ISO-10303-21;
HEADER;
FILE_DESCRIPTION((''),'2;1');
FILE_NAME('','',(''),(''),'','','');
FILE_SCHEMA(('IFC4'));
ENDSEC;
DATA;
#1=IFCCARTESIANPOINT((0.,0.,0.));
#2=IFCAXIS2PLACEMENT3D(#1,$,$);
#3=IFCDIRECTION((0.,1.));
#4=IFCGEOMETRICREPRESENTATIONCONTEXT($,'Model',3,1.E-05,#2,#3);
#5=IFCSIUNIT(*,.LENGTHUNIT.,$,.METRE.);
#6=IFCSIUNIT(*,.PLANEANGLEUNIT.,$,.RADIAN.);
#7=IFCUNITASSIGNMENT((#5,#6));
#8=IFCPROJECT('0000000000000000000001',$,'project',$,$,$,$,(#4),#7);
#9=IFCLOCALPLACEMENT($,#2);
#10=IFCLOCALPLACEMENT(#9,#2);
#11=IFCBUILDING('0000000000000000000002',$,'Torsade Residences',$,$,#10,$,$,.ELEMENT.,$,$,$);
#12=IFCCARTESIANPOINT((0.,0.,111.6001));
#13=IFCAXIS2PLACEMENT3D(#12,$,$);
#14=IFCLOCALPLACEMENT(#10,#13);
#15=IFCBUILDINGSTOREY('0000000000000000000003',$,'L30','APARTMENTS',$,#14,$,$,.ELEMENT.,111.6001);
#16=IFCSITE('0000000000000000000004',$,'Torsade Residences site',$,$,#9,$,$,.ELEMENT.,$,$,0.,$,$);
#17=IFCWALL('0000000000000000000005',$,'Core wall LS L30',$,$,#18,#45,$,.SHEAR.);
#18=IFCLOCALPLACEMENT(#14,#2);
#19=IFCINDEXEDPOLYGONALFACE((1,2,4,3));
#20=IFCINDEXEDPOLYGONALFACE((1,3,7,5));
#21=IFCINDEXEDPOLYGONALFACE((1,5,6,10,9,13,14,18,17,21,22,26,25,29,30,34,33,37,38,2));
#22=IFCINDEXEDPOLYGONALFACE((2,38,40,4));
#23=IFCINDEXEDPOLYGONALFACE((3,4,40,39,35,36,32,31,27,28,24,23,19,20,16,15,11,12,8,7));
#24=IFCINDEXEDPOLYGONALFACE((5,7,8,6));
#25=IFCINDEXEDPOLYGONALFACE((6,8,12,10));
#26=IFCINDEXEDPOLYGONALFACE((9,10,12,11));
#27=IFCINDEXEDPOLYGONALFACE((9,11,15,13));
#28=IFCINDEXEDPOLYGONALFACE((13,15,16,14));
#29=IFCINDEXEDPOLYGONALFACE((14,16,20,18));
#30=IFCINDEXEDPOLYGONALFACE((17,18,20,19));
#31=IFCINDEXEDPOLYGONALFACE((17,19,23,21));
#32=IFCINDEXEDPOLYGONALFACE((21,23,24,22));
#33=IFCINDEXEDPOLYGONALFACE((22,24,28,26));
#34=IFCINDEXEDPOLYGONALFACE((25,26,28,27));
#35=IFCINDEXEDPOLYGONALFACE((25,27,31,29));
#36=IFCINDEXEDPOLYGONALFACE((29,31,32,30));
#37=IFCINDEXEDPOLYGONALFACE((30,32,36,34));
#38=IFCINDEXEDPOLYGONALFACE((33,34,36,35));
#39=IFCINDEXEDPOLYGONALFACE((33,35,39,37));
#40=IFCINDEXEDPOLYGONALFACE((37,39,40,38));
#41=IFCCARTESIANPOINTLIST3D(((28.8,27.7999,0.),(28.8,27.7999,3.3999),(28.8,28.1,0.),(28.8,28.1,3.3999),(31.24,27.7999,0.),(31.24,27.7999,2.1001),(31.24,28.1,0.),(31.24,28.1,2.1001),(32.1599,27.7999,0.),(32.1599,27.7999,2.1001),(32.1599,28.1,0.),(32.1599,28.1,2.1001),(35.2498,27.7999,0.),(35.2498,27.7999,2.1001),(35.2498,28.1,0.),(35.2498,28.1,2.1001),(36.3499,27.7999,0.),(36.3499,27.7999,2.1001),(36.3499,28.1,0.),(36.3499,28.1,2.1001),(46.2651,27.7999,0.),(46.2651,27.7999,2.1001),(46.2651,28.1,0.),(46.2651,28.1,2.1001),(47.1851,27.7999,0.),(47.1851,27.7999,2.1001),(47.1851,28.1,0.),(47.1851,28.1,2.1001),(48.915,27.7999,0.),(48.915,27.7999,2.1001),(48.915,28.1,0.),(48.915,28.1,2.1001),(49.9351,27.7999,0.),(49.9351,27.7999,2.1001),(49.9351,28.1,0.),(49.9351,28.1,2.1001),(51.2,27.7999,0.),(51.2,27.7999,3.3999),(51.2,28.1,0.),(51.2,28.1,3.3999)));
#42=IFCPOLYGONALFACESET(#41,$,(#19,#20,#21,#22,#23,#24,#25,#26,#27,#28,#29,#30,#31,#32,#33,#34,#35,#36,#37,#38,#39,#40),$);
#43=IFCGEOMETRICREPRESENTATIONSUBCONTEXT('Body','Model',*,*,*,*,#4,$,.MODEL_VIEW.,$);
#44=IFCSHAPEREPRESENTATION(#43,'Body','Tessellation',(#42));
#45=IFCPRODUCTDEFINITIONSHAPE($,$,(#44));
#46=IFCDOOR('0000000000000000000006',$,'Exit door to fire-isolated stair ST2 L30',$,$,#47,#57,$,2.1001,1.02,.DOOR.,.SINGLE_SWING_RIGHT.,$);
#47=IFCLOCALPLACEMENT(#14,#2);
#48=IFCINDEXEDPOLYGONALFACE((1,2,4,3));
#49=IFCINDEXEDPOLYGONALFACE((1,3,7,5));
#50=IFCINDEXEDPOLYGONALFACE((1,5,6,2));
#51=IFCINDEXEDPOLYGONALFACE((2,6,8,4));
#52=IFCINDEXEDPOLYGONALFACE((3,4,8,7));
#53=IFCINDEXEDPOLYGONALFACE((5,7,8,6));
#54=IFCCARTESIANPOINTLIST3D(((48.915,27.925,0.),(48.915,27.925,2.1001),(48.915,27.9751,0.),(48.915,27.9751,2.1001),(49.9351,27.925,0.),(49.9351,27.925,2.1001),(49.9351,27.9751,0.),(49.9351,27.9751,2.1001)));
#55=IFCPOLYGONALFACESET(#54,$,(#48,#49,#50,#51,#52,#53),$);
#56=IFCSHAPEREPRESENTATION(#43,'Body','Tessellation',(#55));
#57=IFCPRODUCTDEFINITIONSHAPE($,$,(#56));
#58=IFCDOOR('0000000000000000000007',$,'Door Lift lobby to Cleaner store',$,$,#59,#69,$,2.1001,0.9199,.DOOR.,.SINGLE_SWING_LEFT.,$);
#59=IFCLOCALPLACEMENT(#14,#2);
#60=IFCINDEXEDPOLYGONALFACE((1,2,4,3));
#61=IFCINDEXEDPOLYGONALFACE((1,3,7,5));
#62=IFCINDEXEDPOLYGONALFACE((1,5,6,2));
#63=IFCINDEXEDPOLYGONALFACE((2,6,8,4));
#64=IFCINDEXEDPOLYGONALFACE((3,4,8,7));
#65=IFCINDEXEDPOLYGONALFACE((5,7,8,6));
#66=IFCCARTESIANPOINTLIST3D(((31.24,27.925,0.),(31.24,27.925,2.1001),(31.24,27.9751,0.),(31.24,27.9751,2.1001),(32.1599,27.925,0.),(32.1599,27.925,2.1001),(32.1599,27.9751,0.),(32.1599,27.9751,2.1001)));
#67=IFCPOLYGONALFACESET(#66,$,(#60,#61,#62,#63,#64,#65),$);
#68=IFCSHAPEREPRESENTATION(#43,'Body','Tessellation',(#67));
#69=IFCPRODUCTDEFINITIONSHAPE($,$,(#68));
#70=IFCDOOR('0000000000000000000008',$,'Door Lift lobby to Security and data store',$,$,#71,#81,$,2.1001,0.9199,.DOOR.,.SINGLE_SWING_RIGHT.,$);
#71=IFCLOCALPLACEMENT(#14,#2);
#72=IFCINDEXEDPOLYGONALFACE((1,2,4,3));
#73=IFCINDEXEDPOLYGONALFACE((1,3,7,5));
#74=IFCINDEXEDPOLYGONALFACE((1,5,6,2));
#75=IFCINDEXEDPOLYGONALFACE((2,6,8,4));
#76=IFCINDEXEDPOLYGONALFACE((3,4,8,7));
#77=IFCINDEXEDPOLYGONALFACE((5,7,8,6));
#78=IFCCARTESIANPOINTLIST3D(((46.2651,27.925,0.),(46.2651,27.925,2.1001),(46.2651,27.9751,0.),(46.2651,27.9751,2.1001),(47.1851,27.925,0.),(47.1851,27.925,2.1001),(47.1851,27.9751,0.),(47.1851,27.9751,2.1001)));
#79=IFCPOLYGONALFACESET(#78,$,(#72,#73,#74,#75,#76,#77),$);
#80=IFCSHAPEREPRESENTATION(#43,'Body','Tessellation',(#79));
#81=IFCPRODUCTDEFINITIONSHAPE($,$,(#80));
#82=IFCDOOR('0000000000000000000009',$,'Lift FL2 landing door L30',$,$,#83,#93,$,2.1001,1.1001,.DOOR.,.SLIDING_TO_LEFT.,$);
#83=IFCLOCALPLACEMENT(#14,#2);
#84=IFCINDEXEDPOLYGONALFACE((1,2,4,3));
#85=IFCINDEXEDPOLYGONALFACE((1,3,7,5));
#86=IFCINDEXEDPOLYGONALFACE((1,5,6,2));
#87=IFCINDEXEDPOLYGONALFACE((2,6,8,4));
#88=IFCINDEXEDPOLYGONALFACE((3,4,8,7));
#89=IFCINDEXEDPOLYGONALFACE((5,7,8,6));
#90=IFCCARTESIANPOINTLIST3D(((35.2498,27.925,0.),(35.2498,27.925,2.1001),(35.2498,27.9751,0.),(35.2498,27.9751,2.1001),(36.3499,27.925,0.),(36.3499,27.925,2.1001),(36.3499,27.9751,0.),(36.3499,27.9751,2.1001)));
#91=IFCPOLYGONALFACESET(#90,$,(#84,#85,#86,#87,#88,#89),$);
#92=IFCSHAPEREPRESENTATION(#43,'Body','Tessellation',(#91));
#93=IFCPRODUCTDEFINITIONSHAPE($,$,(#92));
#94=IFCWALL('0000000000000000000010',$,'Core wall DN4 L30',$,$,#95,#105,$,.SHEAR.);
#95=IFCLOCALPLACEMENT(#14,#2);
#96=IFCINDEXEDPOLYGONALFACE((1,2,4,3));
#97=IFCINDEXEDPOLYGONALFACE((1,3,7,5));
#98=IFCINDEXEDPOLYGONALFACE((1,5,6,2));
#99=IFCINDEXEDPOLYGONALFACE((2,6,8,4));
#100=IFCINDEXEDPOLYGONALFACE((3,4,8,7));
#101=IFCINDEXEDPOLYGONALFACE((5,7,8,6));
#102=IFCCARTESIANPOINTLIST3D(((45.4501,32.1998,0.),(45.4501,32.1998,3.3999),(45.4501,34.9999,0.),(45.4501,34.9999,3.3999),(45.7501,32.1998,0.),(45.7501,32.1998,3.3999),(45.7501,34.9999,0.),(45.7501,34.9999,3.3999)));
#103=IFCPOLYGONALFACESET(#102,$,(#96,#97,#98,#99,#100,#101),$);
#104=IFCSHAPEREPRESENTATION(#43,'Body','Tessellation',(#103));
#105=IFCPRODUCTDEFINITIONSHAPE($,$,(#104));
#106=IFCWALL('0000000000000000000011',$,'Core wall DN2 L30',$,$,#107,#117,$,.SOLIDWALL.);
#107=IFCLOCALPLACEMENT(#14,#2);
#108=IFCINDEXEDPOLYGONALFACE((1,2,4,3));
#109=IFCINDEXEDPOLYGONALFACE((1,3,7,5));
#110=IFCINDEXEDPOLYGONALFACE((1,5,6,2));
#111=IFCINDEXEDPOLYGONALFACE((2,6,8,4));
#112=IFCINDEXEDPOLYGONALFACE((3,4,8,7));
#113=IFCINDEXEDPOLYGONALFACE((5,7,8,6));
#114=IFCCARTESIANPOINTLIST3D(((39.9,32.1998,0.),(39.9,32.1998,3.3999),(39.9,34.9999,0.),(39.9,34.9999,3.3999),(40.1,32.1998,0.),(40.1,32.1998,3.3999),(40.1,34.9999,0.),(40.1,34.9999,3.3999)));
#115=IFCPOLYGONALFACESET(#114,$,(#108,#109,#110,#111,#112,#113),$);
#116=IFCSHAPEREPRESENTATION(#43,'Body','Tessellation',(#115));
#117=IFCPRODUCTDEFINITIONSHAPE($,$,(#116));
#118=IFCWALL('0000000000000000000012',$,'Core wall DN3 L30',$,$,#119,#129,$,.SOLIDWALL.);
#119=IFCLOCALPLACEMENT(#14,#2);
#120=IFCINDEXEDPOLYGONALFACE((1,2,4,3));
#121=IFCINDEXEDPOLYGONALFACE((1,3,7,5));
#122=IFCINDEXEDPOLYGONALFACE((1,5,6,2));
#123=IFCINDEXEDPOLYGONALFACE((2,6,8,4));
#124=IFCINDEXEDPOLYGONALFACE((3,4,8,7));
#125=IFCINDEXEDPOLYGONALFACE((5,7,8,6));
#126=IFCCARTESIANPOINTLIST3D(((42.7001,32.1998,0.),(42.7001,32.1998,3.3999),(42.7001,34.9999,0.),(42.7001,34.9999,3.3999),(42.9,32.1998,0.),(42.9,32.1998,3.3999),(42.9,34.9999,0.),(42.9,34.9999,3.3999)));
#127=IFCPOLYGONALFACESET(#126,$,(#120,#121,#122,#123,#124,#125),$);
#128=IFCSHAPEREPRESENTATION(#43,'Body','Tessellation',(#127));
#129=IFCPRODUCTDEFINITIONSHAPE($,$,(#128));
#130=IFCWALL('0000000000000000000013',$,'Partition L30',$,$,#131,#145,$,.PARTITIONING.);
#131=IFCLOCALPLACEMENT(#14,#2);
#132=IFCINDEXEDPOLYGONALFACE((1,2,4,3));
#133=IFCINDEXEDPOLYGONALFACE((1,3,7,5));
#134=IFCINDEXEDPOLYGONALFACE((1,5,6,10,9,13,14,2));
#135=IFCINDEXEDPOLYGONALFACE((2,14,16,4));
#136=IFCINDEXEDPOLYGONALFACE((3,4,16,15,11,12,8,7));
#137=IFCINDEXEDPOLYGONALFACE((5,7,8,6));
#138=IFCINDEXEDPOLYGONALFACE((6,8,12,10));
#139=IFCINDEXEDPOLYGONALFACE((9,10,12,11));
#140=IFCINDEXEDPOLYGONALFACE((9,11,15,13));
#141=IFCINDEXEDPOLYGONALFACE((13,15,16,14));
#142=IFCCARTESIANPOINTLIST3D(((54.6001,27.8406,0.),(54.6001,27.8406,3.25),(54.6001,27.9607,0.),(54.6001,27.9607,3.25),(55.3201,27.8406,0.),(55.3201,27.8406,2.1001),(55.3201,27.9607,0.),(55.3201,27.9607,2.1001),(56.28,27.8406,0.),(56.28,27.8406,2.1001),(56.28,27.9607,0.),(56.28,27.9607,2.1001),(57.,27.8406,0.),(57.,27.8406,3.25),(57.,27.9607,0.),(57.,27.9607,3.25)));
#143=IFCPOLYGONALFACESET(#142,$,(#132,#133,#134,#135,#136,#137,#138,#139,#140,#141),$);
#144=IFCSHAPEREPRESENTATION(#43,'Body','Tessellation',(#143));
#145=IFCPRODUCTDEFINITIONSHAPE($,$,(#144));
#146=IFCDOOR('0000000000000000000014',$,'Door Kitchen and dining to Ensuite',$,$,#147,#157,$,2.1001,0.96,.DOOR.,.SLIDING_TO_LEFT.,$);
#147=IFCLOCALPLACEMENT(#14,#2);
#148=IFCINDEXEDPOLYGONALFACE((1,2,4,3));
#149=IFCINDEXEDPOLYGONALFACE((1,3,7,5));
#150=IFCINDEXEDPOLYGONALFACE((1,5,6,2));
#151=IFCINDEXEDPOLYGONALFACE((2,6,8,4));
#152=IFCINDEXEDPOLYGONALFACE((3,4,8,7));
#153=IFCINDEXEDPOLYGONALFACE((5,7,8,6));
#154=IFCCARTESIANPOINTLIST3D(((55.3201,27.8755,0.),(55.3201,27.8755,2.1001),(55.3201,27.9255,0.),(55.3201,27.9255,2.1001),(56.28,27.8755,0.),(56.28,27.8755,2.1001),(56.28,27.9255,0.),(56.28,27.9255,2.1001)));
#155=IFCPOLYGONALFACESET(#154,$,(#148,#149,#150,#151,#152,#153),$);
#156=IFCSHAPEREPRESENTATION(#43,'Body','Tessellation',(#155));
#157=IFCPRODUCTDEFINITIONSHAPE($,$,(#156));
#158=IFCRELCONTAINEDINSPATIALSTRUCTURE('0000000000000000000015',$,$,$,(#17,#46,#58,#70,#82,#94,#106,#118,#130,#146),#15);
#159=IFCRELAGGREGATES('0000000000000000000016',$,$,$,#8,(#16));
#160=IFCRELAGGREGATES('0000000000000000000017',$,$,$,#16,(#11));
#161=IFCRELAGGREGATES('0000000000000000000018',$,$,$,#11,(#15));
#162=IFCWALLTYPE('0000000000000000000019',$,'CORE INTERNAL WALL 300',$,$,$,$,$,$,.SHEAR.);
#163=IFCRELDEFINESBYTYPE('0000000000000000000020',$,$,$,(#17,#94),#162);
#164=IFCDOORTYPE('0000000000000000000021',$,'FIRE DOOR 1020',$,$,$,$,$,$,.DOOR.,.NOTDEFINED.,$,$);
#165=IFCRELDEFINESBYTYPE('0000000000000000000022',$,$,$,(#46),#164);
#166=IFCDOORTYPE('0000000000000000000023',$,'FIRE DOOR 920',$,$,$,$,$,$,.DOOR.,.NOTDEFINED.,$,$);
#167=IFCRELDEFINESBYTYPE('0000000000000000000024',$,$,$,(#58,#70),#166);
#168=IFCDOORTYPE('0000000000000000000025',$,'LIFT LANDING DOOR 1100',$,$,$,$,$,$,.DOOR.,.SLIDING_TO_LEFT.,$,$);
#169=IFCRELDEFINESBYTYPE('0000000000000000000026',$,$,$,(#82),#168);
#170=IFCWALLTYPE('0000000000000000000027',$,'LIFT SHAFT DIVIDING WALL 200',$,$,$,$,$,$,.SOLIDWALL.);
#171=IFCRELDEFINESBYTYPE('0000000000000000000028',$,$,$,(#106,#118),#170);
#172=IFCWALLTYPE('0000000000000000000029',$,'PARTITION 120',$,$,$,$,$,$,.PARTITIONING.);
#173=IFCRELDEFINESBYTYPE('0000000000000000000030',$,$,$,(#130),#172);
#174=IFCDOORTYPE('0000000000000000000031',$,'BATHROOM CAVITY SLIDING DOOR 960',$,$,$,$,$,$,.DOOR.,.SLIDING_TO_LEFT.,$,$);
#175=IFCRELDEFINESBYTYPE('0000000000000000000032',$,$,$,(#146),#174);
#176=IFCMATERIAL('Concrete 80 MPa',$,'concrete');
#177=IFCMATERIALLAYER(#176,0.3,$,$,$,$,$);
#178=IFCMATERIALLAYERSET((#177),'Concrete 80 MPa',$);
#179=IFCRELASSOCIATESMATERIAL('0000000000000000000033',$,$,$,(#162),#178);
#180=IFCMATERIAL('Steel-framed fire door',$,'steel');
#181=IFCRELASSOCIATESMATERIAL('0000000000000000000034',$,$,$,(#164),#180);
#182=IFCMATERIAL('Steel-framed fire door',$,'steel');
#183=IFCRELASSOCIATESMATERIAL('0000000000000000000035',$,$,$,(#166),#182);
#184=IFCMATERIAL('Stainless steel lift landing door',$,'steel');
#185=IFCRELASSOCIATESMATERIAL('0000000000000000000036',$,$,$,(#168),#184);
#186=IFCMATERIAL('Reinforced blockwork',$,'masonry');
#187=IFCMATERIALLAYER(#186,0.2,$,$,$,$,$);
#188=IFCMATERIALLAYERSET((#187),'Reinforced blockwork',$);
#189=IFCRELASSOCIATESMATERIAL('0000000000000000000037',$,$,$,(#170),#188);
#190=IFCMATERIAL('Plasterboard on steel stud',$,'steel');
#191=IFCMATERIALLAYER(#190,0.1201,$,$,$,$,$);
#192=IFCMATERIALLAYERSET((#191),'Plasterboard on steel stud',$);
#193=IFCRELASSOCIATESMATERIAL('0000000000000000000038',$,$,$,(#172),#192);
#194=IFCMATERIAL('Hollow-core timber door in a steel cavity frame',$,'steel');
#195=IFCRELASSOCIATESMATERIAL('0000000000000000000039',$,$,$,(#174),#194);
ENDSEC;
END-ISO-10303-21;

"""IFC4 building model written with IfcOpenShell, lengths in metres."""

from ifc_helpers import new_model, si_unit, direction, frame, frame_2d, origin, place, context, subcontext, project, spatial, rectangle, extrude, material, layer, layer_set, type_object, element, fill, save


model = new_model("IFC4")

# Units and contexts
model_context = context("Model", 3, precision=1e-05, world=origin(), true_north=direction((0.0, 1.0)))
body_context = subcontext(model_context, "Body", "Model", "MODEL_VIEW")
ifc_project = project(units=[si_unit("LENGTHUNIT", "METRE"), si_unit("PLANEANGLEUNIT", "RADIAN")], contexts=[model_context])

# Site, building, storey
site_placement = place(None, origin())
site = spatial("IfcSite", under=ifc_project, at=site_placement, Name="Torsade Residences site", CompositionType="ELEMENT", RefElevation=0.0)
building_placement = place(site_placement, origin())
building = spatial("IfcBuilding", under=site, at=building_placement, Name="Torsade Residences", CompositionType="ELEMENT")
storey_placement = place(building_placement, frame((0.0, 0.0, 111.6001)))
storey = spatial("IfcBuildingStorey", under=building, at=storey_placement, Name="L30", Description="APARTMENTS", CompositionType="ELEMENT", Elevation=111.6001)

# Wall, openings, doors
ifc_material_1 = material(Name="Concrete 80 MPa", Category="concrete")
ifc_layer_1 = layer(ifc_material_1, 0.3)
ifc_layer_set_1 = layer_set([ifc_layer_1], Name="Concrete 80 MPa")
wall_type_1 = type_object("IfcWallType", Name="CORE INTERNAL WALL 300", PredefinedType="SHEAR", material=ifc_layer_set_1)
wall_1_placement = place(storey_placement, frame((51.2, 27.95, 0.0), z_axis=(0.0, 0.0, 1.0), x_axis=(-1.0, 0.0, 0.0)))
wall_1 = element("IfcWall", 1, at=wall_1_placement, inside=storey, type_object=wall_type_1, Name="Core wall LS L30", PredefinedType="SHEAR", context=body_context, shape_type="SweptSolid", body=[
    extrude(rectangle(XDim=22.3999, YDim=0.3, at=frame_2d((11.2, 0.0))), origin(), (0.0, 0.0, 1.0), 3.3999),
])
opening_1_placement = place(wall_1_placement, frame((19.04, 0.0, 0.0)))
opening_1 = element("IfcOpeningElement", 2, at=opening_1_placement, cuts=wall_1, PredefinedType="OPENING", context=body_context, shape_type="SweptSolid", body=[
    extrude(rectangle(XDim=0.9199, YDim=2.1001, at=frame_2d((0.46, 1.05))), frame((0.0, 0.1599, 0.0), z_axis=(0.0, -1.0, 0.0), x_axis=(1.0, 0.0, 0.0)), (0.0, 0.0, 1.0), 0.3201),
])
opening_2_placement = place(wall_1_placement, frame((1.2649, 0.0, 0.0)))
opening_2 = element("IfcOpeningElement", 3, at=opening_2_placement, cuts=wall_1, PredefinedType="OPENING", context=body_context, shape_type="SweptSolid", body=[
    extrude(rectangle(XDim=1.02, YDim=2.1001, at=frame_2d((0.51, 1.05))), frame((0.0, 0.1599, 0.0), z_axis=(0.0, -1.0, 0.0), x_axis=(1.0, 0.0, 0.0)), (0.0, 0.0, 1.0), 0.3201),
])
opening_3_placement = place(wall_1_placement, frame((4.0149, 0.0, 0.0)))
opening_3 = element("IfcOpeningElement", 4, at=opening_3_placement, cuts=wall_1, PredefinedType="OPENING", context=body_context, shape_type="SweptSolid", body=[
    extrude(rectangle(XDim=0.9199, YDim=2.1001, at=frame_2d((0.46, 1.05))), frame((0.0, 0.1599, 0.0), z_axis=(0.0, -1.0, 0.0), x_axis=(1.0, 0.0, 0.0)), (0.0, 0.0, 1.0), 0.3201),
])
opening_4_placement = place(wall_1_placement, frame((14.8501, 0.0, 0.0)))
opening_4 = element("IfcOpeningElement", 5, at=opening_4_placement, cuts=wall_1, PredefinedType="OPENING", context=body_context, shape_type="SweptSolid", body=[
    extrude(rectangle(XDim=1.1001, YDim=2.1001, at=frame_2d((0.55, 1.05))), frame((0.0, 0.1599, 0.0), z_axis=(0.0, -1.0, 0.0), x_axis=(1.0, 0.0, 0.0)), (0.0, 0.0, 1.0), 0.3201),
])
ifc_material_2 = material(Name="Steel-framed fire door", Category="steel")
door_type_1 = type_object("IfcDoorType", Name="FIRE DOOR 1020", OperationType="NOTDEFINED", PredefinedType="DOOR", material=ifc_material_2)
door_1_placement = place(opening_2_placement, origin())
door_1 = element("IfcDoor", 6, at=door_1_placement, inside=storey, type_object=door_type_1, Name="Exit door to fire-isolated stair ST2 L30", OperationType="SINGLE_SWING_RIGHT", OverallHeight=2.1001, OverallWidth=1.02, PredefinedType="DOOR", context=body_context, shape_type="SweptSolid", body=[
    extrude(rectangle(XDim=1.02, YDim=2.1001, at=frame_2d((0.51, 1.05))), frame((0.0, 0.0249, 0.0), z_axis=(0.0, -1.0, 0.0), x_axis=(1.0, 0.0, 0.0)), (0.0, 0.0, 1.0), 0.05),
])
fill(opening_2, door_1)
ifc_material_3 = material(Name="Steel-framed fire door", Category="steel")
door_type_2 = type_object("IfcDoorType", Name="FIRE DOOR 920", OperationType="NOTDEFINED", PredefinedType="DOOR", material=ifc_material_3)
door_2_placement = place(opening_1_placement, origin())
door_2 = element("IfcDoor", 7, at=door_2_placement, inside=storey, type_object=door_type_2, Name="Door Lift lobby to Cleaner store", OperationType="SINGLE_SWING_LEFT", OverallHeight=2.1001, OverallWidth=0.9199, PredefinedType="DOOR", context=body_context, shape_type="SweptSolid", body=[
    extrude(rectangle(XDim=0.9199, YDim=2.1001, at=frame_2d((0.46, 1.05))), frame((0.0, 0.0249, 0.0), z_axis=(0.0, -1.0, 0.0), x_axis=(1.0, 0.0, 0.0)), (0.0, 0.0, 1.0), 0.05),
])
fill(opening_1, door_2)
door_3_placement = place(opening_3_placement, origin())
door_3 = element("IfcDoor", 8, at=door_3_placement, inside=storey, type_object=door_type_2, Name="Door Lift lobby to Security and data store", OperationType="SINGLE_SWING_RIGHT", OverallHeight=2.1001, OverallWidth=0.9199, PredefinedType="DOOR", context=body_context, shape_type="SweptSolid", body=[
    extrude(rectangle(XDim=0.9199, YDim=2.1001, at=frame_2d((0.46, 1.05))), frame((0.0, 0.0249, 0.0), z_axis=(0.0, -1.0, 0.0), x_axis=(1.0, 0.0, 0.0)), (0.0, 0.0, 1.0), 0.05),
])
fill(opening_3, door_3)
ifc_material_4 = material(Name="Stainless steel lift landing door", Category="steel")
door_type_3 = type_object("IfcDoorType", Name="LIFT LANDING DOOR 1100", OperationType="SLIDING_TO_LEFT", PredefinedType="DOOR", material=ifc_material_4)
door_4_placement = place(opening_4_placement, origin())
door_4 = element("IfcDoor", 9, at=door_4_placement, inside=storey, type_object=door_type_3, Name="Lift FL2 landing door L30", OperationType="SLIDING_TO_LEFT", OverallHeight=2.1001, OverallWidth=1.1001, PredefinedType="DOOR", context=body_context, shape_type="SweptSolid", body=[
    extrude(rectangle(XDim=1.1001, YDim=2.1001, at=frame_2d((0.55, 1.05))), frame((0.0, 0.0249, 0.0), z_axis=(0.0, -1.0, 0.0), x_axis=(1.0, 0.0, 0.0)), (0.0, 0.0, 1.0), 0.05),
])
fill(opening_4, door_4)

# Walls
wall_2_placement = place(storey_placement, frame((45.6001, 32.2, 0.0), z_axis=(0.0, 0.0, 1.0), x_axis=(0.0, 1.0, 0.0)))
element("IfcWall", 10, at=wall_2_placement, inside=storey, type_object=wall_type_1, Name="Core wall DN4 L30", PredefinedType="SHEAR", context=body_context, shape_type="SweptSolid", body=[
    extrude(rectangle(XDim=2.8, YDim=0.3, at=frame_2d((1.3999, 0.0))), origin(), (0.0, 0.0, 1.0), 3.3999),
])
ifc_material_5 = material(Name="Reinforced blockwork", Category="masonry")
ifc_layer_2 = layer(ifc_material_5, 0.2)
ifc_layer_set_2 = layer_set([ifc_layer_2], Name="Reinforced blockwork")
wall_type_2 = type_object("IfcWallType", Name="LIFT SHAFT DIVIDING WALL 200", PredefinedType="SOLIDWALL", material=ifc_layer_set_2)
for number, where, z_axis, x_axis, name in (
    (11, (40.0, 32.2, 0.0), (0.0, 0.0, 1.0), (0.0, 1.0, 0.0), "Core wall DN2 L30"),
    (12, (42.8, 32.2, 0.0), (0.0, 0.0, 1.0), (0.0, 1.0, 0.0), "Core wall DN3 L30"),
):
    element("IfcWall", number, at=place(storey_placement, frame(where, z_axis=z_axis, x_axis=x_axis)), inside=storey, type_object=wall_type_2, Name=name, PredefinedType="SOLIDWALL", context=body_context, shape_type="SweptSolid", body=[
        extrude(rectangle(XDim=2.8, YDim=0.2, at=frame_2d((1.3999, 0.0))), origin(), (0.0, 0.0, 1.0), 3.3999),
    ])

# Wall, opening, door
ifc_material_6 = material(Name="Plasterboard on steel stud", Category="steel")
ifc_layer_3 = layer(ifc_material_6, 0.1201)
ifc_layer_set_3 = layer_set([ifc_layer_3], Name="Plasterboard on steel stud")
wall_type_3 = type_object("IfcWallType", Name="PARTITION 120", PredefinedType="PARTITIONING", material=ifc_layer_set_3)
wall_3_placement = place(storey_placement, frame((54.6001, 27.9006, 0.0), z_axis=(0.0, 0.0, 1.0), x_axis=(1.0, 0.0, 0.0)))
wall_3 = element("IfcWall", 13, at=wall_3_placement, inside=storey, type_object=wall_type_3, Name="Partition L30", PredefinedType="PARTITIONING", context=body_context, shape_type="SweptSolid", body=[
    extrude(rectangle(XDim=2.3999, YDim=0.1201, at=frame_2d((1.2, 0.0))), origin(), (0.0, 0.0, 1.0), 3.25),
])
opening_5_placement = place(wall_3_placement, frame((0.72, 0.0, 0.0)))
opening_5 = element("IfcOpeningElement", 14, at=opening_5_placement, cuts=wall_3, PredefinedType="OPENING", context=body_context, shape_type="SweptSolid", body=[
    extrude(rectangle(XDim=0.96, YDim=2.1001, at=frame_2d((0.48, 1.05))), frame((0.0, 0.0701, 0.0), z_axis=(0.0, -1.0, 0.0), x_axis=(1.0, 0.0, 0.0)), (0.0, 0.0, 1.0), 0.1401),
])
ifc_material_7 = material(Name="Hollow-core timber door in a steel cavity frame", Category="steel")
door_type_4 = type_object("IfcDoorType", Name="BATHROOM CAVITY SLIDING DOOR 960", OperationType="SLIDING_TO_LEFT", PredefinedType="DOOR", material=ifc_material_7)
door_5_placement = place(opening_5_placement, origin())
door_5 = element("IfcDoor", 15, at=door_5_placement, inside=storey, type_object=door_type_4, Name="Door Kitchen and dining to Ensuite", OperationType="SLIDING_TO_LEFT", OverallHeight=2.1001, OverallWidth=0.96, PredefinedType="DOOR", context=body_context, shape_type="SweptSolid", body=[
    extrude(rectangle(XDim=0.96, YDim=2.1001, at=frame_2d((0.48, 1.05))), frame((0.0, 0.0249, 0.0), z_axis=(0.0, -1.0, 0.0), x_axis=(1.0, 0.0, 0.0)), (0.0, 0.0, 1.0), 0.05),
])
fill(opening_5, door_5)

save(model, "model.ifc")
